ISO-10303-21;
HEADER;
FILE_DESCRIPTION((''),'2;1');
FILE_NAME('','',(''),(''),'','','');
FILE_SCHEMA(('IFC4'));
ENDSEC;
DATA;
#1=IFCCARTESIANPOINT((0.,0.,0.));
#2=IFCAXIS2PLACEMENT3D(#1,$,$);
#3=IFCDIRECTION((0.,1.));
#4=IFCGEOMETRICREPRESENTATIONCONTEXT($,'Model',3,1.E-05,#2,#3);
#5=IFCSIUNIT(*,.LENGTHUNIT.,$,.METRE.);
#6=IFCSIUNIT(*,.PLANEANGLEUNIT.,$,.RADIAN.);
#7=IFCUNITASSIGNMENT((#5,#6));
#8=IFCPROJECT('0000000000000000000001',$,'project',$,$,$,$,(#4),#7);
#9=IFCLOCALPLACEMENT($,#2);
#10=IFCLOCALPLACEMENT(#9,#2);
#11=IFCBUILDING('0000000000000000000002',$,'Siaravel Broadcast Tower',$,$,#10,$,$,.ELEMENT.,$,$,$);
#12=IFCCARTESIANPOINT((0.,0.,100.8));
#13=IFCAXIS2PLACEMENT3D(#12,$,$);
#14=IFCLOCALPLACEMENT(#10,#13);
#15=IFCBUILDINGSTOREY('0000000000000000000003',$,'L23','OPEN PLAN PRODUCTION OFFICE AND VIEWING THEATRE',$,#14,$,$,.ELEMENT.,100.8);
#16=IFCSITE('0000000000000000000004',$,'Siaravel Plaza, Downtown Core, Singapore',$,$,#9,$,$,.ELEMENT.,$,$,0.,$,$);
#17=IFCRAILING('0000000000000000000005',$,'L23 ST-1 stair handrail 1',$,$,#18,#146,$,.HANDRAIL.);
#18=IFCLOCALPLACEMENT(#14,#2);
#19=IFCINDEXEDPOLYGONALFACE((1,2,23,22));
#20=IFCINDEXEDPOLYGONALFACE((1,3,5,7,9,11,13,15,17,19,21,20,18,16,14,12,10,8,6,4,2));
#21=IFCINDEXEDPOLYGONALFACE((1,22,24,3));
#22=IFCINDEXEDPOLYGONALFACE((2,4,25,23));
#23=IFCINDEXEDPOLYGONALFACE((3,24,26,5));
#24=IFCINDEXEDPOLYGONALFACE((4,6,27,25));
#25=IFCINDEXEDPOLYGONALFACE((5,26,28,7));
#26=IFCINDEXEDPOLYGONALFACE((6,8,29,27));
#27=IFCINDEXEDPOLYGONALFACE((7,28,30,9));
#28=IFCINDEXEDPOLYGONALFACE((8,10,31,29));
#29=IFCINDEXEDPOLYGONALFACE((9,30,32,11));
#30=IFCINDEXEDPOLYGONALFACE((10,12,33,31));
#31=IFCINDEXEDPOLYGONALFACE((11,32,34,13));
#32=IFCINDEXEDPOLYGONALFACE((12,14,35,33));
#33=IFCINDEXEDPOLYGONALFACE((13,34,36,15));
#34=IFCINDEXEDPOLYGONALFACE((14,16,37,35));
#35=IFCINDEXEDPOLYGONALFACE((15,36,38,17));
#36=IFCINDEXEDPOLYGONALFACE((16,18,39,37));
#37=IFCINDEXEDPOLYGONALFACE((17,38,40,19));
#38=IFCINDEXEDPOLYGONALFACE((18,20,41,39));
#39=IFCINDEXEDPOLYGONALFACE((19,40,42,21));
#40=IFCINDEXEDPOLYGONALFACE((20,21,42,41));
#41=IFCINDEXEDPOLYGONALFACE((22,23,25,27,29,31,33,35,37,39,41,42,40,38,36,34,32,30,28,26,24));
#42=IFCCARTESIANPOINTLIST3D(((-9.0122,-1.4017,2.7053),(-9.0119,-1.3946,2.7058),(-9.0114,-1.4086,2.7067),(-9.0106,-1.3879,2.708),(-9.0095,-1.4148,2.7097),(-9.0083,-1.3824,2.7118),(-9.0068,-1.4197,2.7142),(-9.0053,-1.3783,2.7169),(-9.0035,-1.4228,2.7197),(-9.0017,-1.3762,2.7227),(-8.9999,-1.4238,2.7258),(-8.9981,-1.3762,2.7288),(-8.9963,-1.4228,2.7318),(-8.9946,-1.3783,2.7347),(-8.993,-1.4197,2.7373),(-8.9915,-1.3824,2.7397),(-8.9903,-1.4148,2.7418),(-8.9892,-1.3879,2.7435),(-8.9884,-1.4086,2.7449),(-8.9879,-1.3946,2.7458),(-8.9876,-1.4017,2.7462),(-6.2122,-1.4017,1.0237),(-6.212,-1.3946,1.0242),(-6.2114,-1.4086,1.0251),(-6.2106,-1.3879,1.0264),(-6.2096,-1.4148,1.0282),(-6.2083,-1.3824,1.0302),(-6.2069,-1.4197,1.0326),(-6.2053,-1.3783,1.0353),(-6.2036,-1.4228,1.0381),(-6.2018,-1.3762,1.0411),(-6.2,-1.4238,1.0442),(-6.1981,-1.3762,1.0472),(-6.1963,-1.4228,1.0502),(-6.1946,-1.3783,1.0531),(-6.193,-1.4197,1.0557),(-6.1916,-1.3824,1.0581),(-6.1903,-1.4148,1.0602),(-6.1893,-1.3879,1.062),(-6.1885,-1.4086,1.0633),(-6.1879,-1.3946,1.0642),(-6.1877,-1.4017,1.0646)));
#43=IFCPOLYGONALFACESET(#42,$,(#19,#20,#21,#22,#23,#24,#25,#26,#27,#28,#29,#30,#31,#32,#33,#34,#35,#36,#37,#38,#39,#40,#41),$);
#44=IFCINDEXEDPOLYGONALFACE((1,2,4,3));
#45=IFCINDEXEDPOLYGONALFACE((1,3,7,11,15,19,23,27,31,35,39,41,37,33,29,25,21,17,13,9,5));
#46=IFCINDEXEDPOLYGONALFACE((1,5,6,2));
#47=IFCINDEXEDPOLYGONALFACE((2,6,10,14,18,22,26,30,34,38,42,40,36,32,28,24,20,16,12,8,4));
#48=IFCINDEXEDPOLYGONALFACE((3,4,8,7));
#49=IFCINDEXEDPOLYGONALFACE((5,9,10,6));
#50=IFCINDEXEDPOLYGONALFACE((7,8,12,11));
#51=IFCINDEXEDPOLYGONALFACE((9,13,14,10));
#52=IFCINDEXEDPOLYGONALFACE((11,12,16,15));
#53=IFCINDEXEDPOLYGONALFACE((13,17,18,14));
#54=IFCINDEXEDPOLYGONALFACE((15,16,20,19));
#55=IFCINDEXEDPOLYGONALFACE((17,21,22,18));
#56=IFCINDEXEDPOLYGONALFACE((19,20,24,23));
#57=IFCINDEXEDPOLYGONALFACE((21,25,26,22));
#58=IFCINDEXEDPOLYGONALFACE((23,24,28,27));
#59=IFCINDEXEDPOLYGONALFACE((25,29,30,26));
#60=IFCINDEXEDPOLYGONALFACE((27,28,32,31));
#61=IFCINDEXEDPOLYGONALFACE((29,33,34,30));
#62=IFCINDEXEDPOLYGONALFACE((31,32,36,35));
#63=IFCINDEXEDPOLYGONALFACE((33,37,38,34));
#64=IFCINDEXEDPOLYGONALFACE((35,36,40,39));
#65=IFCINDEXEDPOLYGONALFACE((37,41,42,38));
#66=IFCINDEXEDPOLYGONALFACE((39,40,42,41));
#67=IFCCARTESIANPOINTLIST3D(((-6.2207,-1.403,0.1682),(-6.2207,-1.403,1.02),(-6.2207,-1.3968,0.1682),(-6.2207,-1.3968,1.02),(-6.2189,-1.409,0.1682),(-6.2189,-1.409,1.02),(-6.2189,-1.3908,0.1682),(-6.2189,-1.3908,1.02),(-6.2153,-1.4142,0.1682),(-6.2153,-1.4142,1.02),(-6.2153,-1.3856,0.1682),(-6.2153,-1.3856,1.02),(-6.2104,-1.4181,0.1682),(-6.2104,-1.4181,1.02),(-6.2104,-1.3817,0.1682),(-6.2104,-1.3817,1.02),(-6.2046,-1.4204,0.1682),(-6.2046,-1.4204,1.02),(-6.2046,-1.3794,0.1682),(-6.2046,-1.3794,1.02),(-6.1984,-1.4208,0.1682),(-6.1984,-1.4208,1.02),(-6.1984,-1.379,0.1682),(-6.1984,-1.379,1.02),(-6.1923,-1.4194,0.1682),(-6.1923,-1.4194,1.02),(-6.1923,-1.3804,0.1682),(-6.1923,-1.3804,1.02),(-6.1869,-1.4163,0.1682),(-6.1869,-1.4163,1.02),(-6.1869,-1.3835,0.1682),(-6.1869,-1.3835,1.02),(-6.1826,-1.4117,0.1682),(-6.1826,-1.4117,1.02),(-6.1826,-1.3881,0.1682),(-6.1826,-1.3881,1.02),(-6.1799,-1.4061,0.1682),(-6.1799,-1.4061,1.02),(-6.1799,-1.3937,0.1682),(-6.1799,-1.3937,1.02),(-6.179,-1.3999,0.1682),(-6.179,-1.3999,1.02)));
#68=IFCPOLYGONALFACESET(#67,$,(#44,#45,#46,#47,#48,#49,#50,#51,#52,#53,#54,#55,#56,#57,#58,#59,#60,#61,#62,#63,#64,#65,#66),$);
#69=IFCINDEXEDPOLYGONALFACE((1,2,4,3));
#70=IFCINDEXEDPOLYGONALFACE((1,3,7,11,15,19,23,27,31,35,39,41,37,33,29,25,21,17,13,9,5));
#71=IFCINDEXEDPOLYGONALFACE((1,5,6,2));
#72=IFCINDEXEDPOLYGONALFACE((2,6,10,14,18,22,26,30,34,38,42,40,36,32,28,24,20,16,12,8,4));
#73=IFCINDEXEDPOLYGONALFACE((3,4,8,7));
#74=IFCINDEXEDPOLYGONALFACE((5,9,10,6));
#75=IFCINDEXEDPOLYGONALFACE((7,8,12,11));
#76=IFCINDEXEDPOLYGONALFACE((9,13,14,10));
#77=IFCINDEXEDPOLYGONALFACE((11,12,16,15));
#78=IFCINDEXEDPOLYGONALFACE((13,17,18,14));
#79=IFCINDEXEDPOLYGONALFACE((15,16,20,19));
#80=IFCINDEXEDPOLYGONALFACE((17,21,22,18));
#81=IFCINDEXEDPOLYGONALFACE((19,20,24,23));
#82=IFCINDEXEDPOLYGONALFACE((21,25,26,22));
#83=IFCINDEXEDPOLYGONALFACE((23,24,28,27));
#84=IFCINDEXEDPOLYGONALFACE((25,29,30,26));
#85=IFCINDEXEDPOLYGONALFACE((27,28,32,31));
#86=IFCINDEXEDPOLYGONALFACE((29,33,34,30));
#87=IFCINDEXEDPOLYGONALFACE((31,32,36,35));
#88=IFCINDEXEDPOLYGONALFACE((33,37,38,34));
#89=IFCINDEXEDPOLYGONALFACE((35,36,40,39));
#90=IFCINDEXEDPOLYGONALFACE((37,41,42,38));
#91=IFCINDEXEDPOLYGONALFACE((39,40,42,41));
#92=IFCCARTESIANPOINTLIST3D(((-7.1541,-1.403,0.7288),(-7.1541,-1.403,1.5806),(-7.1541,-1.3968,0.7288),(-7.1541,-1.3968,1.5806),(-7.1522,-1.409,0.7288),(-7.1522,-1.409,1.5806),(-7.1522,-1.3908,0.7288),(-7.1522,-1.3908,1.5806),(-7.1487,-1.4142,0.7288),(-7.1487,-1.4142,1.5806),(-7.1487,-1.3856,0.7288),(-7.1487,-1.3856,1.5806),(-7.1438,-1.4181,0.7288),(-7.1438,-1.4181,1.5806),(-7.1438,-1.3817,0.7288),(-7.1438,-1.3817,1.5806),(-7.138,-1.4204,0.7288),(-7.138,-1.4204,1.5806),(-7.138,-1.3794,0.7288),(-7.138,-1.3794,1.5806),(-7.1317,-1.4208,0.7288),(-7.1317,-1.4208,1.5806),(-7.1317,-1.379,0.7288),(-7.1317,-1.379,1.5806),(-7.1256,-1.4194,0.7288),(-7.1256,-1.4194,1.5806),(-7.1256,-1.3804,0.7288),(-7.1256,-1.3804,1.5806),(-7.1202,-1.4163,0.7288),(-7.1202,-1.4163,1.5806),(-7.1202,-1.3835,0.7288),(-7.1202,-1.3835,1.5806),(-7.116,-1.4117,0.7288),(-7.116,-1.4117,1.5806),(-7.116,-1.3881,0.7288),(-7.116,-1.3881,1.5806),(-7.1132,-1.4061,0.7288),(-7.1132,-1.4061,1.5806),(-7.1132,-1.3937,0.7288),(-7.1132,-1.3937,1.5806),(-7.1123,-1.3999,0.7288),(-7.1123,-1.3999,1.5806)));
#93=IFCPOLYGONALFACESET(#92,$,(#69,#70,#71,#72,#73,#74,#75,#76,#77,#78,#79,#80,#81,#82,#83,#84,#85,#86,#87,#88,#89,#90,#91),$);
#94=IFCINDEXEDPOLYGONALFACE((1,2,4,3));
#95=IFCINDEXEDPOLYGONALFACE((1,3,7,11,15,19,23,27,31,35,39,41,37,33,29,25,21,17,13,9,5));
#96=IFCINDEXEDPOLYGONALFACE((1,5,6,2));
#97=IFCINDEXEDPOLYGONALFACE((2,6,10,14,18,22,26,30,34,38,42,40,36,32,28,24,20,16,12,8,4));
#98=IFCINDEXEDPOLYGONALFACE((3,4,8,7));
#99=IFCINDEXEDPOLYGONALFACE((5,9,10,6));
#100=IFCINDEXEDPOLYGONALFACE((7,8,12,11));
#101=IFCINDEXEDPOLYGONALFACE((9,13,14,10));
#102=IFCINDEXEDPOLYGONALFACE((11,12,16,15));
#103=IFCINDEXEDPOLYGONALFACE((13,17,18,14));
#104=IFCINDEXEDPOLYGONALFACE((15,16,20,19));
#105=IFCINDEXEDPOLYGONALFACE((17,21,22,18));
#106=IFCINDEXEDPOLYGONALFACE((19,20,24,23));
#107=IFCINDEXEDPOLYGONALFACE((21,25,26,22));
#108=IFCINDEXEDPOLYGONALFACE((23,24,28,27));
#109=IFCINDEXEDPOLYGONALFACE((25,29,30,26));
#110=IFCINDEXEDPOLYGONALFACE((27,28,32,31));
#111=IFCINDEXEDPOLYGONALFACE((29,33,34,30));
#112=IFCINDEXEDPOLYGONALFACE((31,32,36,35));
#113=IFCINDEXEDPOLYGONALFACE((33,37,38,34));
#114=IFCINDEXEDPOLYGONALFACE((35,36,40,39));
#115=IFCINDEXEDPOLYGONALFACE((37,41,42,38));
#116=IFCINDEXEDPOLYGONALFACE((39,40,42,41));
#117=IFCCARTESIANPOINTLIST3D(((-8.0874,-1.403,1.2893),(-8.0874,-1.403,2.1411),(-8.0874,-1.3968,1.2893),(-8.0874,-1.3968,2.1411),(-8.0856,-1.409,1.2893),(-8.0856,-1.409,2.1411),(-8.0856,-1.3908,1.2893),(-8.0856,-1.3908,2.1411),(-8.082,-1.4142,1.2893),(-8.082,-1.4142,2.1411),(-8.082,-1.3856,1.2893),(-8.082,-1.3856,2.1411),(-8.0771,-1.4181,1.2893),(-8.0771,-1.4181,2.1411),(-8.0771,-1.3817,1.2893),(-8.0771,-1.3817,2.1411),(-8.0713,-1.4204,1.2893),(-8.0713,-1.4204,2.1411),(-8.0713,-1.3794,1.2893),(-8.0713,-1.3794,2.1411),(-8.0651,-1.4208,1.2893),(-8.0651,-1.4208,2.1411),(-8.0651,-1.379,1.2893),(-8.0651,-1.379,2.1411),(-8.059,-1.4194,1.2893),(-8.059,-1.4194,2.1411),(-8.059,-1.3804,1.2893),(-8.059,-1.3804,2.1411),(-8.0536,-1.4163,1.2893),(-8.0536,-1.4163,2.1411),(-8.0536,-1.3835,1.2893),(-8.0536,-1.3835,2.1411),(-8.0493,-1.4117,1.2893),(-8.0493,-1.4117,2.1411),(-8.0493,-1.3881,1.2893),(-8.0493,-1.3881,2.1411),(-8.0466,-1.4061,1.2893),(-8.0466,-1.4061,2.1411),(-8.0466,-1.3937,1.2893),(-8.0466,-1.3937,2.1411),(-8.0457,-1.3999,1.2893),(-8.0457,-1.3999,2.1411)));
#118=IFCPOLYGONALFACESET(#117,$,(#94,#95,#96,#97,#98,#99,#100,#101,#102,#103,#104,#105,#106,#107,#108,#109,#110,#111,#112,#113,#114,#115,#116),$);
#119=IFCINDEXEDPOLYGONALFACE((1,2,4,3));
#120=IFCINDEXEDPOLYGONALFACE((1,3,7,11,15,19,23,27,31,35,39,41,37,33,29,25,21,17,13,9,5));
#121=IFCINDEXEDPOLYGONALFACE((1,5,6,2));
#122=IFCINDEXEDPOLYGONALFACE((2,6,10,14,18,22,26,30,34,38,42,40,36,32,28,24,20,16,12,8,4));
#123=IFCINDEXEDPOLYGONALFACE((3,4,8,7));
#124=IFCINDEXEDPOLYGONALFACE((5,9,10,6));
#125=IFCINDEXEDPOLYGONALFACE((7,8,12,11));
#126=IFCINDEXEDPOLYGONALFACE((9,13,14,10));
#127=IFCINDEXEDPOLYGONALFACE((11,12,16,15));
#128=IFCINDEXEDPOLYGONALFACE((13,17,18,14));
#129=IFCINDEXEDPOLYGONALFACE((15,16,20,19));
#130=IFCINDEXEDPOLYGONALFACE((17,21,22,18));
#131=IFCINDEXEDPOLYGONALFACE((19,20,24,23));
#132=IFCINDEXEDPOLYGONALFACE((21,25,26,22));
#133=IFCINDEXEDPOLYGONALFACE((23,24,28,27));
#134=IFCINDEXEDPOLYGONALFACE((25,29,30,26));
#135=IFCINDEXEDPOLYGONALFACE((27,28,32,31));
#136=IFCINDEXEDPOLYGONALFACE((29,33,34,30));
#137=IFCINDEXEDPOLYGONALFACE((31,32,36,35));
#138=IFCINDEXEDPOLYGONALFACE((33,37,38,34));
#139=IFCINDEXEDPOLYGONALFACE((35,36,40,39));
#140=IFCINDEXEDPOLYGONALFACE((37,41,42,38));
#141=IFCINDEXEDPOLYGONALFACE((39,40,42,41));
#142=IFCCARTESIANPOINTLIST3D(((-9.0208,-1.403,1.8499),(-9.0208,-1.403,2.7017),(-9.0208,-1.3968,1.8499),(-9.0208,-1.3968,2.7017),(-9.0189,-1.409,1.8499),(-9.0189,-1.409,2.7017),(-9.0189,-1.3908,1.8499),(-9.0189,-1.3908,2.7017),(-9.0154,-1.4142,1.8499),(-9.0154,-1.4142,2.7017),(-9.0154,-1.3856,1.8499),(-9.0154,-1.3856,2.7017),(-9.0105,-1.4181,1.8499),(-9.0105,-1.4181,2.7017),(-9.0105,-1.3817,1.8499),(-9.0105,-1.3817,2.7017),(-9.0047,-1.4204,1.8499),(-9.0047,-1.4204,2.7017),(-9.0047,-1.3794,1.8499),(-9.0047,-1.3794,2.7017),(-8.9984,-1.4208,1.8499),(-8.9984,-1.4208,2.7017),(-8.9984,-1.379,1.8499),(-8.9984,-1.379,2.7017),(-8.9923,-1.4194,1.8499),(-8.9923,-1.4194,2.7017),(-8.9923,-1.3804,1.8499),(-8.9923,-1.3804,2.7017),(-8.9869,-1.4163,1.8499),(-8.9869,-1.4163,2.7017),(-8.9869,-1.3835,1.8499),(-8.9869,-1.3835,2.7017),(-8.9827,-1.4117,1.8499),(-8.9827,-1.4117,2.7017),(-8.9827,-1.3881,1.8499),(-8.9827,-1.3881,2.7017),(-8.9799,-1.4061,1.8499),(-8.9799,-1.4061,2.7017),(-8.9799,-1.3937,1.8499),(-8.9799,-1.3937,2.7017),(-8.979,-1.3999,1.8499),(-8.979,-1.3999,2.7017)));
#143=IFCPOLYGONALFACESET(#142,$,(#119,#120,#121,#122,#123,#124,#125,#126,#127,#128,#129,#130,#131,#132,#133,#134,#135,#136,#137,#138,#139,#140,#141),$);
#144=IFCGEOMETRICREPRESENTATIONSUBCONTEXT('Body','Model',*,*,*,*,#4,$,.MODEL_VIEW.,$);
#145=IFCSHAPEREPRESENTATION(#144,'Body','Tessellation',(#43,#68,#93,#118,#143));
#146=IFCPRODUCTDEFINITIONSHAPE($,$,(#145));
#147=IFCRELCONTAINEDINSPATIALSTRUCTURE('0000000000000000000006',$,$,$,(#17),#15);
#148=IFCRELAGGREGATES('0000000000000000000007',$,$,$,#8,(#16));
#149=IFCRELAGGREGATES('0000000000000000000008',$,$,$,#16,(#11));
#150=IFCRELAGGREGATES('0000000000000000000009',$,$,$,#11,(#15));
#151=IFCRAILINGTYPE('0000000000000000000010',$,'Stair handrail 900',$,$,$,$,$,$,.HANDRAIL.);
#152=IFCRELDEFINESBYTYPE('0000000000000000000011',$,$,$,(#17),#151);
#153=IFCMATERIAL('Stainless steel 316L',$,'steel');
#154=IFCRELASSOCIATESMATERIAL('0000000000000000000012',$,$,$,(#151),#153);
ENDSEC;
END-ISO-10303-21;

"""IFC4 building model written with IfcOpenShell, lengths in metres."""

from ifc_helpers import new_model, si_unit, direction, frame, origin, origin_2d, place, context, subcontext, project, spatial, circle, extrude, material, type_object, element, save


model = new_model("IFC4")

# Units and contexts
model_context = context("Model", 3, precision=1e-05, world=origin(), true_north=direction((0.0, 1.0)))
body_context = subcontext(model_context, "Body", "Model", "MODEL_VIEW")
ifc_project = project(units=[si_unit("LENGTHUNIT", "METRE"), si_unit("PLANEANGLEUNIT", "RADIAN")], contexts=[model_context])

# Site, building, storey
site_placement = place(None, origin())
site = spatial("IfcSite", under=ifc_project, at=site_placement, Name="Siaravel Plaza, Downtown Core, Singapore", CompositionType="ELEMENT", RefElevation=0.0)
building_placement = place(site_placement, origin())
building = spatial("IfcBuilding", under=site, at=building_placement, Name="Siaravel Broadcast Tower", CompositionType="ELEMENT")
storey_placement = place(building_placement, frame((0.0, 0.0, 100.8)))
storey = spatial("IfcBuildingStorey", under=building, at=storey_placement, Name="L23", Description="OPEN PLAN PRODUCTION OFFICE AND VIEWING THEATRE", CompositionType="ELEMENT", Elevation=100.8)

# Railing
ifc_material_1 = material(Name="Stainless steel 316L", Category="steel")
railing_type_1 = type_object("IfcRailingType", Name="Stair handrail 900", PredefinedType="HANDRAIL", material=ifc_material_1)
railing_1_placement = place(storey_placement, frame((-6.2, -1.3999, 0.1682)))
element("IfcRailing", 1, at=railing_1_placement, inside=storey, type_object=railing_type_1, Name="L23 ST-1 stair handrail 1", PredefinedType="HANDRAIL", context=body_context, shape_type="SweptSolid", body=[
    extrude(circle(Radius=0.0239, at=origin_2d()), frame((0.0, 0.0, 0.876), z_axis=(-0.857275, 0.0, 0.514858), x_axis=(0.0, -1.0, 0.0)), (0.0, 0.0, 1.0), 3.2661),
    extrude(circle(Radius=0.021, at=origin_2d()), origin(), (0.0, 0.0, 1.0), 0.8518),
    extrude(circle(Radius=0.021, at=origin_2d()), frame((-0.9333, 0.0, 0.5605)), (0.0, 0.0, 1.0), 0.8518),
    extrude(circle(Radius=0.021, at=origin_2d()), frame((-1.8667, 0.0, 1.1211)), (0.0, 0.0, 1.0), 0.8518),
    extrude(circle(Radius=0.021, at=origin_2d()), frame((-2.8, 0.0, 1.6816)), (0.0, 0.0, 1.0), 0.8518),
])

save(model, "model.ifc")
